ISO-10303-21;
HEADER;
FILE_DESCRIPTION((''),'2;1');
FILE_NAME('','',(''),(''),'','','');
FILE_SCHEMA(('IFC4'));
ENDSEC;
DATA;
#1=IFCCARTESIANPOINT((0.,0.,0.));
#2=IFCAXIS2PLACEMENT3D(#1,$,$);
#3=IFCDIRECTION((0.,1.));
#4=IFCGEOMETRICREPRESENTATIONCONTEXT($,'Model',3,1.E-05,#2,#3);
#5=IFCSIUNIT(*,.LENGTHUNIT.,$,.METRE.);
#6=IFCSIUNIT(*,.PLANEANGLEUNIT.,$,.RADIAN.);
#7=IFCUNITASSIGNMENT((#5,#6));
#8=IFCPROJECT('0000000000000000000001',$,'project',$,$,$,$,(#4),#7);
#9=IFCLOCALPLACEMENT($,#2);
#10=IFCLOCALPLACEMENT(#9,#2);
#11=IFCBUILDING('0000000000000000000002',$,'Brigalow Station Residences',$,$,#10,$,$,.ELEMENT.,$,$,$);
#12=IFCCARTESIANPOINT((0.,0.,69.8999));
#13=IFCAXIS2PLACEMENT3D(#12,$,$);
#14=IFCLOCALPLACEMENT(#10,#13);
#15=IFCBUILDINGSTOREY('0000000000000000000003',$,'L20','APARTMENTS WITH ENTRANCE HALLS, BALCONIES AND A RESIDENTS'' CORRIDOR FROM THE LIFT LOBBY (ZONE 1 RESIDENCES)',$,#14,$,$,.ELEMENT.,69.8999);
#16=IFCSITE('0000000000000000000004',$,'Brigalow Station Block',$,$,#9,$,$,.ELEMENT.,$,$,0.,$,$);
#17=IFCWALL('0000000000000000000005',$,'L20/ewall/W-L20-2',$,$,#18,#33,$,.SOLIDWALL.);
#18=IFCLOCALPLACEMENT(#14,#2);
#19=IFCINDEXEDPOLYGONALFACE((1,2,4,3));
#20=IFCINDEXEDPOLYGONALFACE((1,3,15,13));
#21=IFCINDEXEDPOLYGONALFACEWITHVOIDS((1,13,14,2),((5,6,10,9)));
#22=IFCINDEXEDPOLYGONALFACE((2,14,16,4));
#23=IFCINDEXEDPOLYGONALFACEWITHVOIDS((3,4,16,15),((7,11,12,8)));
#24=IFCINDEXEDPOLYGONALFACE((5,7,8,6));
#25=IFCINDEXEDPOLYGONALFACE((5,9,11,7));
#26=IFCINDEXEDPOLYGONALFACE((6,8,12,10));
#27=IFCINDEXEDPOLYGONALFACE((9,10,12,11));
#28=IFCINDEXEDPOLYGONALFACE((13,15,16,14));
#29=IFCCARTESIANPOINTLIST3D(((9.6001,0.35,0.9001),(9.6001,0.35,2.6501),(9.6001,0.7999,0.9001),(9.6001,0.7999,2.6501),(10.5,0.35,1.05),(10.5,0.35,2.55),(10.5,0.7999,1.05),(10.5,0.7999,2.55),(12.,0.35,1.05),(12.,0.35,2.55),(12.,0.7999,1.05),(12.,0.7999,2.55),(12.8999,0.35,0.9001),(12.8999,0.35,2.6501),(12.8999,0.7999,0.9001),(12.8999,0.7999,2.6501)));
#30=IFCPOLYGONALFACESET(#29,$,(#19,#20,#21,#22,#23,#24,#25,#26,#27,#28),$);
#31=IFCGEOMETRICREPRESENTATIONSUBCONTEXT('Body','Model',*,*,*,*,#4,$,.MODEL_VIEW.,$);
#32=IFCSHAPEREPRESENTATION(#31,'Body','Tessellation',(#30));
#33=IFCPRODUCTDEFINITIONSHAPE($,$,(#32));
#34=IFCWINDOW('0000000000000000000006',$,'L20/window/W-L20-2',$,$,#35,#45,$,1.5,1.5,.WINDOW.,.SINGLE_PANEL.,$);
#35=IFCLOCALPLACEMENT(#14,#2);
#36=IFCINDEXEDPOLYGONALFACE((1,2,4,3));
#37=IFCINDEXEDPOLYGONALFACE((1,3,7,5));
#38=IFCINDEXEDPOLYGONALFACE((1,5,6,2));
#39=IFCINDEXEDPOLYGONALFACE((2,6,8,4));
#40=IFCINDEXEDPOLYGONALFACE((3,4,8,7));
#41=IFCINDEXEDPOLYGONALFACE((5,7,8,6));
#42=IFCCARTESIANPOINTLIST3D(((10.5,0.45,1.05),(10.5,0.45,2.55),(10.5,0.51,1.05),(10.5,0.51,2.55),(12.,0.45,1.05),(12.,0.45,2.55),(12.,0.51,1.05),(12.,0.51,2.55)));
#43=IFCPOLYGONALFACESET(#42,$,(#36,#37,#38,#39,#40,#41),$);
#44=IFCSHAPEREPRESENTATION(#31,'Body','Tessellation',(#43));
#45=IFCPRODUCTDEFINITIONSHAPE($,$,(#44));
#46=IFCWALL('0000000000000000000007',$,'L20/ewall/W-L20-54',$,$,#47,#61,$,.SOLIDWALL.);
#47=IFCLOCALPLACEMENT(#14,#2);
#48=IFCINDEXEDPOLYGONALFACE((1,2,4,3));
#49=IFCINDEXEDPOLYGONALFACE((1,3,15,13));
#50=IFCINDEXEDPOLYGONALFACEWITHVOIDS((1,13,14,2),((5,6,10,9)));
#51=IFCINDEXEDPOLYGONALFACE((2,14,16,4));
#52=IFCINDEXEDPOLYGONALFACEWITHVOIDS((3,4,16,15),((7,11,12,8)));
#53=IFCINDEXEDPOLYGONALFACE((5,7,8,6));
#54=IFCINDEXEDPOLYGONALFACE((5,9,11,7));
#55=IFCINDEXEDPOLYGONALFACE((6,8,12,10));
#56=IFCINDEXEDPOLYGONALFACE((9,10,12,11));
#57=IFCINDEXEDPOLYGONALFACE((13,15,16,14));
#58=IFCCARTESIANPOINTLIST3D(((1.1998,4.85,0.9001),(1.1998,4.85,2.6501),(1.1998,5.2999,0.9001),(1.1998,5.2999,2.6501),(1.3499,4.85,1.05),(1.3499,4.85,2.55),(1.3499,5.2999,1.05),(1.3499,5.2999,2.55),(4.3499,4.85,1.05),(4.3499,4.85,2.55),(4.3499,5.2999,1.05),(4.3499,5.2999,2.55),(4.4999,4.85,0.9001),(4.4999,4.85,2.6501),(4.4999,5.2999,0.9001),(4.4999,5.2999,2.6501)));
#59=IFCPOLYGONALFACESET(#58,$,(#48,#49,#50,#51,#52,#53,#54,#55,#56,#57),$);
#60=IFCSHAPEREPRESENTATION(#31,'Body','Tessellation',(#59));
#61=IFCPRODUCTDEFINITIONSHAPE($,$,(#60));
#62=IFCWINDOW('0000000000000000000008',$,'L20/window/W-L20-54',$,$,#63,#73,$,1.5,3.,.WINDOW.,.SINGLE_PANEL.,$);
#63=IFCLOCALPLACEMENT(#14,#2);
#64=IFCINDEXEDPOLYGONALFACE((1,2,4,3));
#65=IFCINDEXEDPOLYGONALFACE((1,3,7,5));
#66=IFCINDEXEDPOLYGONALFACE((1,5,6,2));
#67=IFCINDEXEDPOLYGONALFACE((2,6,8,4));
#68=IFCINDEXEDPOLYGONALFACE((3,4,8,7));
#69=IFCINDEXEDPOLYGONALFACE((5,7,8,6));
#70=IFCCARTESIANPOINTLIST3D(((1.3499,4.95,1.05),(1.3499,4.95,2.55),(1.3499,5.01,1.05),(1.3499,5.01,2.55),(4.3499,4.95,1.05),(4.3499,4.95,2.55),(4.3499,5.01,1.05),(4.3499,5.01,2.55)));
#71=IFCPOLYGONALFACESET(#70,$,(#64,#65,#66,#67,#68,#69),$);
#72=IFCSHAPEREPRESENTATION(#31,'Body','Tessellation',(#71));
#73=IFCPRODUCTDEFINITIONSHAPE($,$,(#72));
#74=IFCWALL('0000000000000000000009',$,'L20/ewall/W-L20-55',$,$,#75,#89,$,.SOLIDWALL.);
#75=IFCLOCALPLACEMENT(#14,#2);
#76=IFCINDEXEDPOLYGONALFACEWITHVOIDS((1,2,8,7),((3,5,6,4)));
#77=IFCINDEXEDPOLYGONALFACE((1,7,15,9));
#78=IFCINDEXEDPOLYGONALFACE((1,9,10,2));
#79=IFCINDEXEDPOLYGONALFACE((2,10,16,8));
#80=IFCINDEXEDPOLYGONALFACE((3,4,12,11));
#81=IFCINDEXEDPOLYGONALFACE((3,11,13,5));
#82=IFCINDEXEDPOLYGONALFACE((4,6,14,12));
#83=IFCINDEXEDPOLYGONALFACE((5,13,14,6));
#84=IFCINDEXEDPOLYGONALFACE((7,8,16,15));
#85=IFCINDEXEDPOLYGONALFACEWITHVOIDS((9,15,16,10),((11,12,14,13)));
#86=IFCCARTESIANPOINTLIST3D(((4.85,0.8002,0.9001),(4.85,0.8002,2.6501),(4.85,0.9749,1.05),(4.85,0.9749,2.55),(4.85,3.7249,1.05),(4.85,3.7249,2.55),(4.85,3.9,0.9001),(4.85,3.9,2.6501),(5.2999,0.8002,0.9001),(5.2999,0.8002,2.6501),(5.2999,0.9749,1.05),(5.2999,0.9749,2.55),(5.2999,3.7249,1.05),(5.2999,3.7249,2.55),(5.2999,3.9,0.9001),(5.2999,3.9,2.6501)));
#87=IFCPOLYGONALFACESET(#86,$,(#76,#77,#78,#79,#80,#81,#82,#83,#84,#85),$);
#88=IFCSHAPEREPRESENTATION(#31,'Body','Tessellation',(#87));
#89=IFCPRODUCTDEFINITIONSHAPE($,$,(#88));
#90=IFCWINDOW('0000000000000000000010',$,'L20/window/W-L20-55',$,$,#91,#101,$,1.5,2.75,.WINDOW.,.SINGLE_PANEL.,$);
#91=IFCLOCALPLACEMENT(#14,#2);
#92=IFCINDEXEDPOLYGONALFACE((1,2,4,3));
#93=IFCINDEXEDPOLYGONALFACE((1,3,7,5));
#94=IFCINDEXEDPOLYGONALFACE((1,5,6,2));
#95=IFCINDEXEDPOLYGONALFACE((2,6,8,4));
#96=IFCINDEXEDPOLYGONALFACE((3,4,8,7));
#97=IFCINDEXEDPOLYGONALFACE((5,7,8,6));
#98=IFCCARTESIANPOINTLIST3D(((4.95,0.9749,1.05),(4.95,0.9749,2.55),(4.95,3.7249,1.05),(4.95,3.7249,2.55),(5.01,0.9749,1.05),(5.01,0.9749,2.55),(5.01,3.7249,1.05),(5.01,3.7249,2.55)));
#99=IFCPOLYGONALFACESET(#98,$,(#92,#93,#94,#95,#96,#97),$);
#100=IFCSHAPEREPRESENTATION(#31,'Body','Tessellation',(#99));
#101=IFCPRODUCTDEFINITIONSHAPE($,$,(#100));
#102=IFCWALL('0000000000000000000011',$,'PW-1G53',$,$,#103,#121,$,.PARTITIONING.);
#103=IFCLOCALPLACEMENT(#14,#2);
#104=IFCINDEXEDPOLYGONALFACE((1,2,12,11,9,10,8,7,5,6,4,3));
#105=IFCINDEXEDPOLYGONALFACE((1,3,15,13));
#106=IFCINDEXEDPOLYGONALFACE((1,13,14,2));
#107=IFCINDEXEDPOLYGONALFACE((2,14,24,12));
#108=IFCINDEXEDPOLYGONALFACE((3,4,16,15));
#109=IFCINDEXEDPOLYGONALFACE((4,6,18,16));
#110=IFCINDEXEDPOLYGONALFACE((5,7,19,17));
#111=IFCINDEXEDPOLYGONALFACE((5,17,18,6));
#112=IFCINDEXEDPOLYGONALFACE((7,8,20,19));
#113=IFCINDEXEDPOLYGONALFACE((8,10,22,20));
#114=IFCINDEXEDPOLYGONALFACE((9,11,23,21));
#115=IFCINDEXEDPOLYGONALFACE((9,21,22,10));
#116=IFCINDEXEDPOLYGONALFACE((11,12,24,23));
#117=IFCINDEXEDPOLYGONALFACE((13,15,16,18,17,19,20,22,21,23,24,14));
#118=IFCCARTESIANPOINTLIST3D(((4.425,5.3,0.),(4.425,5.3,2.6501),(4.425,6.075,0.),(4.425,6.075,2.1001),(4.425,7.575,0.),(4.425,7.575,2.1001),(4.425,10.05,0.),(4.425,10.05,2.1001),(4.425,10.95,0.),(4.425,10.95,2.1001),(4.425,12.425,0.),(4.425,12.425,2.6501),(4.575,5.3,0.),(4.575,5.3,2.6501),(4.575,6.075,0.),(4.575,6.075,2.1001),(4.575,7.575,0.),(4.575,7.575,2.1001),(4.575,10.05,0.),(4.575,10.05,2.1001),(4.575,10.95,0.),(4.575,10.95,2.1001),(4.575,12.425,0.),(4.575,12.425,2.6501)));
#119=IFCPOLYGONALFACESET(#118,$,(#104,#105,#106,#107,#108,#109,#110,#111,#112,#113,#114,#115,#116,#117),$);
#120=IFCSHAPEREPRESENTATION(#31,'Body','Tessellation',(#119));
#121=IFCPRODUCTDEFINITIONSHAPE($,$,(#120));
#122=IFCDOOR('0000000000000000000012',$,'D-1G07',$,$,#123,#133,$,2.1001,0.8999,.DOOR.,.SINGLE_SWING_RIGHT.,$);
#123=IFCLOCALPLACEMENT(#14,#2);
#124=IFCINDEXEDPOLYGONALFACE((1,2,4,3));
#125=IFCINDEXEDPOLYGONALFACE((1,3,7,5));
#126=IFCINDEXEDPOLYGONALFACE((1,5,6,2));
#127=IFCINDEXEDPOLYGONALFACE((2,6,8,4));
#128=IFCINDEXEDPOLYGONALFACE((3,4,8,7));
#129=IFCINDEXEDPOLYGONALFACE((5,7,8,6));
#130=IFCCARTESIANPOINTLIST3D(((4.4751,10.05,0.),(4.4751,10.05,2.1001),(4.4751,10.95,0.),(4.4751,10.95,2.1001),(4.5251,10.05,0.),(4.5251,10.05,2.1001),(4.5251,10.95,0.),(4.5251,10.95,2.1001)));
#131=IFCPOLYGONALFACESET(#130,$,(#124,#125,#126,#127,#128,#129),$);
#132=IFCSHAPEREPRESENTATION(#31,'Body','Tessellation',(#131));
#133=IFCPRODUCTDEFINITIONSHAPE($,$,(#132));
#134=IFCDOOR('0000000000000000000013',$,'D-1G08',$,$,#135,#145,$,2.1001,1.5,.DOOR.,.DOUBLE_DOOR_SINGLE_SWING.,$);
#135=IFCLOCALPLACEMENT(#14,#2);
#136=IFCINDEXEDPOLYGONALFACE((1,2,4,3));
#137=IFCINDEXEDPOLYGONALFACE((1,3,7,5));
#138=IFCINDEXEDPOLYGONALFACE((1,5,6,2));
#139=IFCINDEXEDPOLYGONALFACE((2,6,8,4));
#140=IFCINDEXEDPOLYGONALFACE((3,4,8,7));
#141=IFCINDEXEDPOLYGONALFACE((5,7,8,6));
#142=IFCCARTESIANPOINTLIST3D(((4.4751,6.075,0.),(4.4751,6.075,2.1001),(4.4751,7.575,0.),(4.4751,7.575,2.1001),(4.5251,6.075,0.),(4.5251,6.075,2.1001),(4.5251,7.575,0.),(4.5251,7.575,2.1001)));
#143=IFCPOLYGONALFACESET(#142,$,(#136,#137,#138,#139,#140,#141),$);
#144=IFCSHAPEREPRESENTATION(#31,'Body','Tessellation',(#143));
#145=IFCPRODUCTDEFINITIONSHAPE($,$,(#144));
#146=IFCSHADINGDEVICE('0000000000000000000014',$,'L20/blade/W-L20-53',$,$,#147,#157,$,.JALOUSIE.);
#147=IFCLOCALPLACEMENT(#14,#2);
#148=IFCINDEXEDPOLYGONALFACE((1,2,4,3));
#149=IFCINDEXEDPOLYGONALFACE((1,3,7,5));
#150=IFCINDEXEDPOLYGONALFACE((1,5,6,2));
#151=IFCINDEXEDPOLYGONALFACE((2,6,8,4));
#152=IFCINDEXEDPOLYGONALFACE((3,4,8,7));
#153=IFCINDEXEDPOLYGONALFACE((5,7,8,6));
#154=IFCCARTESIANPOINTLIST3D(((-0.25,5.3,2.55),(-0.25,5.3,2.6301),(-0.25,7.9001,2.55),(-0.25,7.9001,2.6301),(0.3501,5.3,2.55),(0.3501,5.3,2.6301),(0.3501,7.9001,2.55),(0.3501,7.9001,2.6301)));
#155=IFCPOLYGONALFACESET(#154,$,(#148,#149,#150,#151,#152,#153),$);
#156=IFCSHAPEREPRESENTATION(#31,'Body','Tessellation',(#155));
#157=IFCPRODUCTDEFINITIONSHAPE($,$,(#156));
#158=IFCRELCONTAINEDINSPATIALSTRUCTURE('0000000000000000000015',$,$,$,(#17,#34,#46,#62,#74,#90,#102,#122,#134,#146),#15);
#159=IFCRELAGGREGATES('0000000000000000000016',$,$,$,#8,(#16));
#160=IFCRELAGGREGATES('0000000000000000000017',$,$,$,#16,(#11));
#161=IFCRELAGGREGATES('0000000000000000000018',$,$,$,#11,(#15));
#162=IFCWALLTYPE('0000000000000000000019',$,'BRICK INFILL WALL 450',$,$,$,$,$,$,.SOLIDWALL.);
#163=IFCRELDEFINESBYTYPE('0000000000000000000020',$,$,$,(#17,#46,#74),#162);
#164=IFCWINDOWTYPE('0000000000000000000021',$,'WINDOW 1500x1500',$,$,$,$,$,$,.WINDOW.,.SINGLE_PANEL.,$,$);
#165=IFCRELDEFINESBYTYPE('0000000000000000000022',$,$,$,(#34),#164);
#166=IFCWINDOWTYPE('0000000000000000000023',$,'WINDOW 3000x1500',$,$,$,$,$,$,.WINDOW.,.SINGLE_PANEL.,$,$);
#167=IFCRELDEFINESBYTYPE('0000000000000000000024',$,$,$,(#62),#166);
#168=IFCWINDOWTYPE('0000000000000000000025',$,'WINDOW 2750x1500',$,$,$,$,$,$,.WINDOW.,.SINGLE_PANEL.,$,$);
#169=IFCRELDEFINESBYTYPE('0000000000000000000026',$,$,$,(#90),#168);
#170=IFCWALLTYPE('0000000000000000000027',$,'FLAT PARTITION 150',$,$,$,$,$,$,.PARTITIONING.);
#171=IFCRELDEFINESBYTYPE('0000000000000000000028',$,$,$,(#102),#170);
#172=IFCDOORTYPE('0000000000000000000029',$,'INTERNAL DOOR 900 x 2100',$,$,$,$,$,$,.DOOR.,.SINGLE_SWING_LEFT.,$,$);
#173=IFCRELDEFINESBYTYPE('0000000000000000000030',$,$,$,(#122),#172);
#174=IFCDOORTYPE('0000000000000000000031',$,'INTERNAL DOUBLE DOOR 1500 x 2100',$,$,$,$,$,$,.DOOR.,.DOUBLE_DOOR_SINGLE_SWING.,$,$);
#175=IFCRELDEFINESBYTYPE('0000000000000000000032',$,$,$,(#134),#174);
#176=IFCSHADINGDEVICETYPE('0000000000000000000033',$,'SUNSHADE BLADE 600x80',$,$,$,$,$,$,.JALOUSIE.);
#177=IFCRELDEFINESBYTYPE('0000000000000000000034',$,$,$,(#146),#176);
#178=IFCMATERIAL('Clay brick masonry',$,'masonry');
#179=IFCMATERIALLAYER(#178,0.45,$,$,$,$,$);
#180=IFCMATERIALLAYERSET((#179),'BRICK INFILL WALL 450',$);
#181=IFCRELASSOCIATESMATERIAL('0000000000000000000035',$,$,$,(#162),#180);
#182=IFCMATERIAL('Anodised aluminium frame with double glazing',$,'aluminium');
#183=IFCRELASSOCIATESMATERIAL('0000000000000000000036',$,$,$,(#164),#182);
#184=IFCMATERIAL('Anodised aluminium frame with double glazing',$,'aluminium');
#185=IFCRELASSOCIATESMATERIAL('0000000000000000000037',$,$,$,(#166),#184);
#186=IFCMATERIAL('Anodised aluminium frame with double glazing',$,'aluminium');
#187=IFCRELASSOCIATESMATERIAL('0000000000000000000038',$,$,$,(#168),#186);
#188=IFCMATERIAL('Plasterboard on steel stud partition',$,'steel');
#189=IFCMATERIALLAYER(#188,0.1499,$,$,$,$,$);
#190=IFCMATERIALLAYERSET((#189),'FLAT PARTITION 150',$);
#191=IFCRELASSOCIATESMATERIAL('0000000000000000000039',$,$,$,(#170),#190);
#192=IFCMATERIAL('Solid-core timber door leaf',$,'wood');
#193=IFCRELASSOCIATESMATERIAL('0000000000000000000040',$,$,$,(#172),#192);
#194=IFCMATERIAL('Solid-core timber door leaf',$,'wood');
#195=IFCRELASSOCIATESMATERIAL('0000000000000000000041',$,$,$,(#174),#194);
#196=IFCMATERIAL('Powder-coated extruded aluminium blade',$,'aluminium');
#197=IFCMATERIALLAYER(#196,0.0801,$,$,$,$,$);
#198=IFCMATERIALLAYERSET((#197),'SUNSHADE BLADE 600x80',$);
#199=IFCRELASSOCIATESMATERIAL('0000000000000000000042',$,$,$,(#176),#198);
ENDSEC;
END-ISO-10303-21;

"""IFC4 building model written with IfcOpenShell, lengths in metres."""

from ifc_helpers import new_model, si_unit, direction, frame, frame_2d, origin, origin_2d, place, context, subcontext, project, spatial, rectangle, extrude, material, layer, layer_set, type_object, element, fill, save


model = new_model("IFC4")

# Units and contexts
model_context = context("Model", 3, precision=1e-05, world=origin(), true_north=direction((0.0, 1.0)))
body_context = subcontext(model_context, "Body", "Model", "MODEL_VIEW")
ifc_project = project(units=[si_unit("LENGTHUNIT", "METRE"), si_unit("PLANEANGLEUNIT", "RADIAN")], contexts=[model_context])

# Site, building, storey
site_placement = place(None, origin())
site = spatial("IfcSite", under=ifc_project, at=site_placement, Name="Brigalow Station Block", CompositionType="ELEMENT", RefElevation=0.0)
building_placement = place(site_placement, origin())
building = spatial("IfcBuilding", under=site, at=building_placement, Name="Brigalow Station Residences", CompositionType="ELEMENT")
storey_placement = place(building_placement, frame((0.0, 0.0, 69.8999)))
storey = spatial("IfcBuildingStorey", under=building, at=storey_placement, Name="L20", Description="APARTMENTS WITH ENTRANCE HALLS, BALCONIES AND A RESIDENTS' CORRIDOR FROM THE LIFT LOBBY (ZONE 1 RESIDENCES)", CompositionType="ELEMENT", Elevation=69.8999)

# Walls, openings, windows
ifc_material_1 = material(Name="Clay brick masonry", Category="masonry")
ifc_layer_1 = layer(ifc_material_1, 0.45)
ifc_layer_set_1 = layer_set([ifc_layer_1], Name="BRICK INFILL WALL 450")
wall_type_1 = type_object("IfcWallType", Name="BRICK INFILL WALL 450", PredefinedType="SOLIDWALL", material=ifc_layer_set_1)
ifc_material_2 = material(Name="Anodised aluminium frame with double glazing", Category="aluminium")
window_type_1 = type_object("IfcWindowType", Name="WINDOW 1500x1500", PartitioningType="SINGLE_PANEL", PredefinedType="WINDOW", material=ifc_material_2)
wall_1_placement = place(storey_placement, frame((9.6001, 0.575, 0.9001), z_axis=(0.0, 0.0, 1.0), x_axis=(1.0, 0.0, 0.0)))
wall_1 = element("IfcWall", 1, at=wall_1_placement, inside=storey, type_object=wall_type_1, Name="L20/ewall/W-L20-2", PredefinedType="SOLIDWALL", context=body_context, shape_type="SweptSolid", body=[
    extrude(rectangle(XDim=3.2998, YDim=0.45, at=frame_2d((1.6499, 0.0))), origin(), (0.0, 0.0, 1.0), 1.75),
])
opening_1_placement = place(wall_1_placement, frame((0.8999, 0.0, 0.1499)))
opening_1 = element("IfcOpeningElement", 2, at=opening_1_placement, cuts=wall_1, PredefinedType="OPENING", context=body_context, shape_type="SweptSolid", body=[
    extrude(rectangle(XDim=1.5, YDim=1.5, at=frame_2d((0.75, 0.75))), frame((0.0, 0.2349, 0.0), z_axis=(0.0, -1.0, 0.0), x_axis=(1.0, 0.0, 0.0)), (0.0, 0.0, 1.0), 0.47),
])
window_1_placement = place(opening_1_placement, origin())
window_1 = element("IfcWindow", 3, at=window_1_placement, inside=storey, type_object=window_type_1, Name="L20/window/W-L20-2", OverallHeight=1.5, OverallWidth=1.5, PartitioningType="SINGLE_PANEL", PredefinedType="WINDOW", context=body_context, shape_type="SweptSolid", body=[
    extrude(rectangle(XDim=1.5, YDim=1.5, at=frame_2d((0.75, 0.75))), frame((0.0, -0.0649, 0.0), z_axis=(0.0, -1.0, 0.0), x_axis=(1.0, 0.0, 0.0)), (0.0, 0.0, 1.0), 0.0601),
])
fill(opening_1, window_1)
wall_2_placement = place(storey_placement, frame((1.2, 5.075, 0.9001), z_axis=(0.0, 0.0, 1.0), x_axis=(1.0, 0.0, 0.0)))
wall_2 = element("IfcWall", 4, at=wall_2_placement, inside=storey, type_object=wall_type_1, Name="L20/ewall/W-L20-54", PredefinedType="SOLIDWALL", context=body_context, shape_type="SweptSolid", body=[
    extrude(rectangle(XDim=3.3, YDim=0.45, at=frame_2d((1.6499, 0.0))), origin(), (0.0, 0.0, 1.0), 1.75),
])
opening_2_placement = place(wall_2_placement, frame((0.1499, 0.0, 0.1499)))
opening_2 = element("IfcOpeningElement", 5, at=opening_2_placement, cuts=wall_2, PredefinedType="OPENING", context=body_context, shape_type="SweptSolid", body=[
    extrude(rectangle(XDim=3.0, YDim=1.5, at=frame_2d((1.5, 0.75))), frame((0.0, 0.2349, 0.0), z_axis=(0.0, -1.0, 0.0), x_axis=(1.0, 0.0, 0.0)), (0.0, 0.0, 1.0), 0.47),
])
ifc_material_3 = material(Name="Anodised aluminium frame with double glazing", Category="aluminium")
window_type_2 = type_object("IfcWindowType", Name="WINDOW 3000x1500", PartitioningType="SINGLE_PANEL", PredefinedType="WINDOW", material=ifc_material_3)
window_2_placement = place(opening_2_placement, origin())
window_2 = element("IfcWindow", 6, at=window_2_placement, inside=storey, type_object=window_type_2, Name="L20/window/W-L20-54", OverallHeight=1.5, OverallWidth=3.0, PartitioningType="SINGLE_PANEL", PredefinedType="WINDOW", context=body_context, shape_type="SweptSolid", body=[
    extrude(rectangle(XDim=3.0, YDim=1.5, at=frame_2d((1.5, 0.75))), frame((0.0, -0.0649, 0.0), z_axis=(0.0, -1.0, 0.0), x_axis=(1.0, 0.0, 0.0)), (0.0, 0.0, 1.0), 0.0601),
])
fill(opening_2, window_2)
wall_3_placement = place(storey_placement, frame((5.075, 3.8999, 0.9001), z_axis=(0.0, 0.0, 1.0), x_axis=(0.0, -1.0, 0.0)))
wall_3 = element("IfcWall", 7, at=wall_3_placement, inside=storey, type_object=wall_type_1, Name="L20/ewall/W-L20-55", PredefinedType="SOLIDWALL", context=body_context, shape_type="SweptSolid", body=[
    extrude(rectangle(XDim=3.0999, YDim=0.45, at=frame_2d((1.5498, 0.0))), origin(), (0.0, 0.0, 1.0), 1.75),
])
opening_3_placement = place(wall_3_placement, frame((0.175, 0.0, 0.1499)))
opening_3 = element("IfcOpeningElement", 8, at=opening_3_placement, cuts=wall_3, PredefinedType="OPENING", context=body_context, shape_type="SweptSolid", body=[
    extrude(rectangle(XDim=2.75, YDim=1.5, at=frame_2d((1.375, 0.75))), frame((0.0, 0.2349, 0.0), z_axis=(0.0, -1.0, 0.0), x_axis=(1.0, 0.0, 0.0)), (0.0, 0.0, 1.0), 0.47),
])
ifc_material_4 = material(Name="Anodised aluminium frame with double glazing", Category="aluminium")
window_type_3 = type_object("IfcWindowType", Name="WINDOW 2750x1500", PartitioningType="SINGLE_PANEL", PredefinedType="WINDOW", material=ifc_material_4)
window_3_placement = place(opening_3_placement, origin())
window_3 = element("IfcWindow", 9, at=window_3_placement, inside=storey, type_object=window_type_3, Name="L20/window/W-L20-55", OverallHeight=1.5, OverallWidth=2.75, PartitioningType="SINGLE_PANEL", PredefinedType="WINDOW", context=body_context, shape_type="SweptSolid", body=[
    extrude(rectangle(XDim=2.75, YDim=1.5, at=frame_2d((1.375, 0.75))), frame((0.0, -0.0649, 0.0), z_axis=(0.0, -1.0, 0.0), x_axis=(1.0, 0.0, 0.0)), (0.0, 0.0, 1.0), 0.0601),
])
fill(opening_3, window_3)

# Wall, openings, doors
ifc_material_5 = material(Name="Plasterboard on steel stud partition", Category="steel")
ifc_layer_2 = layer(ifc_material_5, 0.1499)
ifc_layer_set_2 = layer_set([ifc_layer_2], Name="FLAT PARTITION 150")
wall_type_2 = type_object("IfcWallType", Name="FLAT PARTITION 150", PredefinedType="PARTITIONING", material=ifc_layer_set_2)
wall_4_placement = place(storey_placement, frame((4.5, 5.3, 0.0), z_axis=(0.0, 0.0, 1.0), x_axis=(0.0, 1.0, 0.0)))
wall_4 = element("IfcWall", 10, at=wall_4_placement, inside=storey, type_object=wall_type_2, Name="PW-1G53", PredefinedType="PARTITIONING", context=body_context, shape_type="SweptSolid", body=[
    extrude(rectangle(XDim=7.125, YDim=0.1499, at=frame_2d((3.5625, 0.0))), origin(), (0.0, 0.0, 1.0), 2.6501),
])
opening_4_placement = place(wall_4_placement, frame((4.75, 0.0, 0.0)))
opening_4 = element("IfcOpeningElement", 11, at=opening_4_placement, cuts=wall_4, PredefinedType="OPENING", context=body_context, shape_type="SweptSolid", body=[
    extrude(rectangle(XDim=0.8999, YDim=2.1001, at=frame_2d((0.45, 1.05))), frame((0.0, 0.085, 0.0), z_axis=(0.0, -1.0, 0.0), x_axis=(1.0, 0.0, 0.0)), (0.0, 0.0, 1.0), 0.1699),
])
opening_5_placement = place(wall_4_placement, frame((0.7749, 0.0, 0.0)))
opening_5 = element("IfcOpeningElement", 12, at=opening_5_placement, cuts=wall_4, PredefinedType="OPENING", context=body_context, shape_type="SweptSolid", body=[
    extrude(rectangle(XDim=1.5, YDim=2.1001, at=frame_2d((0.75, 1.05))), frame((0.0, 0.085, 0.0), z_axis=(0.0, -1.0, 0.0), x_axis=(1.0, 0.0, 0.0)), (0.0, 0.0, 1.0), 0.1699),
])
ifc_material_6 = material(Name="Solid-core timber door leaf", Category="wood")
door_type_1 = type_object("IfcDoorType", Name="INTERNAL DOOR 900 x 2100", OperationType="SINGLE_SWING_LEFT", PredefinedType="DOOR", material=ifc_material_6)
door_1_placement = place(opening_4_placement, origin())
door_1 = element("IfcDoor", 13, at=door_1_placement, inside=storey, type_object=door_type_1, Name="D-1G07", OperationType="SINGLE_SWING_RIGHT", OverallHeight=2.1001, OverallWidth=0.8999, PredefinedType="DOOR", context=body_context, shape_type="SweptSolid", body=[
    extrude(rectangle(XDim=0.8999, YDim=2.1001, at=frame_2d((0.45, 1.05))), frame((0.0, 0.0249, 0.0), z_axis=(0.0, -1.0, 0.0), x_axis=(1.0, 0.0, 0.0)), (0.0, 0.0, 1.0), 0.05),
])
fill(opening_4, door_1)
ifc_material_7 = material(Name="Solid-core timber door leaf", Category="wood")
door_type_2 = type_object("IfcDoorType", Name="INTERNAL DOUBLE DOOR 1500 x 2100", OperationType="DOUBLE_DOOR_SINGLE_SWING", PredefinedType="DOOR", material=ifc_material_7)
door_2_placement = place(opening_5_placement, origin())
door_2 = element("IfcDoor", 14, at=door_2_placement, inside=storey, type_object=door_type_2, Name="D-1G08", OperationType="DOUBLE_DOOR_SINGLE_SWING", OverallHeight=2.1001, OverallWidth=1.5, PredefinedType="DOOR", context=body_context, shape_type="SweptSolid", body=[
    extrude(rectangle(XDim=1.5, YDim=2.1001, at=frame_2d((0.75, 1.05))), frame((0.0, 0.0249, 0.0), z_axis=(0.0, -1.0, 0.0), x_axis=(1.0, 0.0, 0.0)), (0.0, 0.0, 1.0), 0.05),
])
fill(opening_5, door_2)

# Shading device
ifc_material_8 = material(Name="Powder-coated extruded aluminium blade", Category="aluminium")
ifc_layer_3 = layer(ifc_material_8, 0.0801)
ifc_layer_set_3 = layer_set([ifc_layer_3], Name="SUNSHADE BLADE 600x80")
shading_device_type = type_object("IfcShadingDeviceType", Name="SUNSHADE BLADE 600x80", PredefinedType="JALOUSIE", material=ifc_layer_set_3)
shading_device_1_placement = place(storey_placement, frame((0.05, 6.6001, 2.55), z_axis=(0.0, 0.0, 1.0), x_axis=(0.0, -1.0, 0.0)))
element("IfcShadingDevice", 15, at=shading_device_1_placement, inside=storey, type_object=shading_device_type, Name="L20/blade/W-L20-53", PredefinedType="JALOUSIE", context=body_context, shape_type="SweptSolid", body=[
    extrude(rectangle(XDim=2.6001, YDim=0.6001, at=origin_2d()), origin(), (0.0, 0.0, 1.0), 0.0801),
])

save(model, "model.ifc")
